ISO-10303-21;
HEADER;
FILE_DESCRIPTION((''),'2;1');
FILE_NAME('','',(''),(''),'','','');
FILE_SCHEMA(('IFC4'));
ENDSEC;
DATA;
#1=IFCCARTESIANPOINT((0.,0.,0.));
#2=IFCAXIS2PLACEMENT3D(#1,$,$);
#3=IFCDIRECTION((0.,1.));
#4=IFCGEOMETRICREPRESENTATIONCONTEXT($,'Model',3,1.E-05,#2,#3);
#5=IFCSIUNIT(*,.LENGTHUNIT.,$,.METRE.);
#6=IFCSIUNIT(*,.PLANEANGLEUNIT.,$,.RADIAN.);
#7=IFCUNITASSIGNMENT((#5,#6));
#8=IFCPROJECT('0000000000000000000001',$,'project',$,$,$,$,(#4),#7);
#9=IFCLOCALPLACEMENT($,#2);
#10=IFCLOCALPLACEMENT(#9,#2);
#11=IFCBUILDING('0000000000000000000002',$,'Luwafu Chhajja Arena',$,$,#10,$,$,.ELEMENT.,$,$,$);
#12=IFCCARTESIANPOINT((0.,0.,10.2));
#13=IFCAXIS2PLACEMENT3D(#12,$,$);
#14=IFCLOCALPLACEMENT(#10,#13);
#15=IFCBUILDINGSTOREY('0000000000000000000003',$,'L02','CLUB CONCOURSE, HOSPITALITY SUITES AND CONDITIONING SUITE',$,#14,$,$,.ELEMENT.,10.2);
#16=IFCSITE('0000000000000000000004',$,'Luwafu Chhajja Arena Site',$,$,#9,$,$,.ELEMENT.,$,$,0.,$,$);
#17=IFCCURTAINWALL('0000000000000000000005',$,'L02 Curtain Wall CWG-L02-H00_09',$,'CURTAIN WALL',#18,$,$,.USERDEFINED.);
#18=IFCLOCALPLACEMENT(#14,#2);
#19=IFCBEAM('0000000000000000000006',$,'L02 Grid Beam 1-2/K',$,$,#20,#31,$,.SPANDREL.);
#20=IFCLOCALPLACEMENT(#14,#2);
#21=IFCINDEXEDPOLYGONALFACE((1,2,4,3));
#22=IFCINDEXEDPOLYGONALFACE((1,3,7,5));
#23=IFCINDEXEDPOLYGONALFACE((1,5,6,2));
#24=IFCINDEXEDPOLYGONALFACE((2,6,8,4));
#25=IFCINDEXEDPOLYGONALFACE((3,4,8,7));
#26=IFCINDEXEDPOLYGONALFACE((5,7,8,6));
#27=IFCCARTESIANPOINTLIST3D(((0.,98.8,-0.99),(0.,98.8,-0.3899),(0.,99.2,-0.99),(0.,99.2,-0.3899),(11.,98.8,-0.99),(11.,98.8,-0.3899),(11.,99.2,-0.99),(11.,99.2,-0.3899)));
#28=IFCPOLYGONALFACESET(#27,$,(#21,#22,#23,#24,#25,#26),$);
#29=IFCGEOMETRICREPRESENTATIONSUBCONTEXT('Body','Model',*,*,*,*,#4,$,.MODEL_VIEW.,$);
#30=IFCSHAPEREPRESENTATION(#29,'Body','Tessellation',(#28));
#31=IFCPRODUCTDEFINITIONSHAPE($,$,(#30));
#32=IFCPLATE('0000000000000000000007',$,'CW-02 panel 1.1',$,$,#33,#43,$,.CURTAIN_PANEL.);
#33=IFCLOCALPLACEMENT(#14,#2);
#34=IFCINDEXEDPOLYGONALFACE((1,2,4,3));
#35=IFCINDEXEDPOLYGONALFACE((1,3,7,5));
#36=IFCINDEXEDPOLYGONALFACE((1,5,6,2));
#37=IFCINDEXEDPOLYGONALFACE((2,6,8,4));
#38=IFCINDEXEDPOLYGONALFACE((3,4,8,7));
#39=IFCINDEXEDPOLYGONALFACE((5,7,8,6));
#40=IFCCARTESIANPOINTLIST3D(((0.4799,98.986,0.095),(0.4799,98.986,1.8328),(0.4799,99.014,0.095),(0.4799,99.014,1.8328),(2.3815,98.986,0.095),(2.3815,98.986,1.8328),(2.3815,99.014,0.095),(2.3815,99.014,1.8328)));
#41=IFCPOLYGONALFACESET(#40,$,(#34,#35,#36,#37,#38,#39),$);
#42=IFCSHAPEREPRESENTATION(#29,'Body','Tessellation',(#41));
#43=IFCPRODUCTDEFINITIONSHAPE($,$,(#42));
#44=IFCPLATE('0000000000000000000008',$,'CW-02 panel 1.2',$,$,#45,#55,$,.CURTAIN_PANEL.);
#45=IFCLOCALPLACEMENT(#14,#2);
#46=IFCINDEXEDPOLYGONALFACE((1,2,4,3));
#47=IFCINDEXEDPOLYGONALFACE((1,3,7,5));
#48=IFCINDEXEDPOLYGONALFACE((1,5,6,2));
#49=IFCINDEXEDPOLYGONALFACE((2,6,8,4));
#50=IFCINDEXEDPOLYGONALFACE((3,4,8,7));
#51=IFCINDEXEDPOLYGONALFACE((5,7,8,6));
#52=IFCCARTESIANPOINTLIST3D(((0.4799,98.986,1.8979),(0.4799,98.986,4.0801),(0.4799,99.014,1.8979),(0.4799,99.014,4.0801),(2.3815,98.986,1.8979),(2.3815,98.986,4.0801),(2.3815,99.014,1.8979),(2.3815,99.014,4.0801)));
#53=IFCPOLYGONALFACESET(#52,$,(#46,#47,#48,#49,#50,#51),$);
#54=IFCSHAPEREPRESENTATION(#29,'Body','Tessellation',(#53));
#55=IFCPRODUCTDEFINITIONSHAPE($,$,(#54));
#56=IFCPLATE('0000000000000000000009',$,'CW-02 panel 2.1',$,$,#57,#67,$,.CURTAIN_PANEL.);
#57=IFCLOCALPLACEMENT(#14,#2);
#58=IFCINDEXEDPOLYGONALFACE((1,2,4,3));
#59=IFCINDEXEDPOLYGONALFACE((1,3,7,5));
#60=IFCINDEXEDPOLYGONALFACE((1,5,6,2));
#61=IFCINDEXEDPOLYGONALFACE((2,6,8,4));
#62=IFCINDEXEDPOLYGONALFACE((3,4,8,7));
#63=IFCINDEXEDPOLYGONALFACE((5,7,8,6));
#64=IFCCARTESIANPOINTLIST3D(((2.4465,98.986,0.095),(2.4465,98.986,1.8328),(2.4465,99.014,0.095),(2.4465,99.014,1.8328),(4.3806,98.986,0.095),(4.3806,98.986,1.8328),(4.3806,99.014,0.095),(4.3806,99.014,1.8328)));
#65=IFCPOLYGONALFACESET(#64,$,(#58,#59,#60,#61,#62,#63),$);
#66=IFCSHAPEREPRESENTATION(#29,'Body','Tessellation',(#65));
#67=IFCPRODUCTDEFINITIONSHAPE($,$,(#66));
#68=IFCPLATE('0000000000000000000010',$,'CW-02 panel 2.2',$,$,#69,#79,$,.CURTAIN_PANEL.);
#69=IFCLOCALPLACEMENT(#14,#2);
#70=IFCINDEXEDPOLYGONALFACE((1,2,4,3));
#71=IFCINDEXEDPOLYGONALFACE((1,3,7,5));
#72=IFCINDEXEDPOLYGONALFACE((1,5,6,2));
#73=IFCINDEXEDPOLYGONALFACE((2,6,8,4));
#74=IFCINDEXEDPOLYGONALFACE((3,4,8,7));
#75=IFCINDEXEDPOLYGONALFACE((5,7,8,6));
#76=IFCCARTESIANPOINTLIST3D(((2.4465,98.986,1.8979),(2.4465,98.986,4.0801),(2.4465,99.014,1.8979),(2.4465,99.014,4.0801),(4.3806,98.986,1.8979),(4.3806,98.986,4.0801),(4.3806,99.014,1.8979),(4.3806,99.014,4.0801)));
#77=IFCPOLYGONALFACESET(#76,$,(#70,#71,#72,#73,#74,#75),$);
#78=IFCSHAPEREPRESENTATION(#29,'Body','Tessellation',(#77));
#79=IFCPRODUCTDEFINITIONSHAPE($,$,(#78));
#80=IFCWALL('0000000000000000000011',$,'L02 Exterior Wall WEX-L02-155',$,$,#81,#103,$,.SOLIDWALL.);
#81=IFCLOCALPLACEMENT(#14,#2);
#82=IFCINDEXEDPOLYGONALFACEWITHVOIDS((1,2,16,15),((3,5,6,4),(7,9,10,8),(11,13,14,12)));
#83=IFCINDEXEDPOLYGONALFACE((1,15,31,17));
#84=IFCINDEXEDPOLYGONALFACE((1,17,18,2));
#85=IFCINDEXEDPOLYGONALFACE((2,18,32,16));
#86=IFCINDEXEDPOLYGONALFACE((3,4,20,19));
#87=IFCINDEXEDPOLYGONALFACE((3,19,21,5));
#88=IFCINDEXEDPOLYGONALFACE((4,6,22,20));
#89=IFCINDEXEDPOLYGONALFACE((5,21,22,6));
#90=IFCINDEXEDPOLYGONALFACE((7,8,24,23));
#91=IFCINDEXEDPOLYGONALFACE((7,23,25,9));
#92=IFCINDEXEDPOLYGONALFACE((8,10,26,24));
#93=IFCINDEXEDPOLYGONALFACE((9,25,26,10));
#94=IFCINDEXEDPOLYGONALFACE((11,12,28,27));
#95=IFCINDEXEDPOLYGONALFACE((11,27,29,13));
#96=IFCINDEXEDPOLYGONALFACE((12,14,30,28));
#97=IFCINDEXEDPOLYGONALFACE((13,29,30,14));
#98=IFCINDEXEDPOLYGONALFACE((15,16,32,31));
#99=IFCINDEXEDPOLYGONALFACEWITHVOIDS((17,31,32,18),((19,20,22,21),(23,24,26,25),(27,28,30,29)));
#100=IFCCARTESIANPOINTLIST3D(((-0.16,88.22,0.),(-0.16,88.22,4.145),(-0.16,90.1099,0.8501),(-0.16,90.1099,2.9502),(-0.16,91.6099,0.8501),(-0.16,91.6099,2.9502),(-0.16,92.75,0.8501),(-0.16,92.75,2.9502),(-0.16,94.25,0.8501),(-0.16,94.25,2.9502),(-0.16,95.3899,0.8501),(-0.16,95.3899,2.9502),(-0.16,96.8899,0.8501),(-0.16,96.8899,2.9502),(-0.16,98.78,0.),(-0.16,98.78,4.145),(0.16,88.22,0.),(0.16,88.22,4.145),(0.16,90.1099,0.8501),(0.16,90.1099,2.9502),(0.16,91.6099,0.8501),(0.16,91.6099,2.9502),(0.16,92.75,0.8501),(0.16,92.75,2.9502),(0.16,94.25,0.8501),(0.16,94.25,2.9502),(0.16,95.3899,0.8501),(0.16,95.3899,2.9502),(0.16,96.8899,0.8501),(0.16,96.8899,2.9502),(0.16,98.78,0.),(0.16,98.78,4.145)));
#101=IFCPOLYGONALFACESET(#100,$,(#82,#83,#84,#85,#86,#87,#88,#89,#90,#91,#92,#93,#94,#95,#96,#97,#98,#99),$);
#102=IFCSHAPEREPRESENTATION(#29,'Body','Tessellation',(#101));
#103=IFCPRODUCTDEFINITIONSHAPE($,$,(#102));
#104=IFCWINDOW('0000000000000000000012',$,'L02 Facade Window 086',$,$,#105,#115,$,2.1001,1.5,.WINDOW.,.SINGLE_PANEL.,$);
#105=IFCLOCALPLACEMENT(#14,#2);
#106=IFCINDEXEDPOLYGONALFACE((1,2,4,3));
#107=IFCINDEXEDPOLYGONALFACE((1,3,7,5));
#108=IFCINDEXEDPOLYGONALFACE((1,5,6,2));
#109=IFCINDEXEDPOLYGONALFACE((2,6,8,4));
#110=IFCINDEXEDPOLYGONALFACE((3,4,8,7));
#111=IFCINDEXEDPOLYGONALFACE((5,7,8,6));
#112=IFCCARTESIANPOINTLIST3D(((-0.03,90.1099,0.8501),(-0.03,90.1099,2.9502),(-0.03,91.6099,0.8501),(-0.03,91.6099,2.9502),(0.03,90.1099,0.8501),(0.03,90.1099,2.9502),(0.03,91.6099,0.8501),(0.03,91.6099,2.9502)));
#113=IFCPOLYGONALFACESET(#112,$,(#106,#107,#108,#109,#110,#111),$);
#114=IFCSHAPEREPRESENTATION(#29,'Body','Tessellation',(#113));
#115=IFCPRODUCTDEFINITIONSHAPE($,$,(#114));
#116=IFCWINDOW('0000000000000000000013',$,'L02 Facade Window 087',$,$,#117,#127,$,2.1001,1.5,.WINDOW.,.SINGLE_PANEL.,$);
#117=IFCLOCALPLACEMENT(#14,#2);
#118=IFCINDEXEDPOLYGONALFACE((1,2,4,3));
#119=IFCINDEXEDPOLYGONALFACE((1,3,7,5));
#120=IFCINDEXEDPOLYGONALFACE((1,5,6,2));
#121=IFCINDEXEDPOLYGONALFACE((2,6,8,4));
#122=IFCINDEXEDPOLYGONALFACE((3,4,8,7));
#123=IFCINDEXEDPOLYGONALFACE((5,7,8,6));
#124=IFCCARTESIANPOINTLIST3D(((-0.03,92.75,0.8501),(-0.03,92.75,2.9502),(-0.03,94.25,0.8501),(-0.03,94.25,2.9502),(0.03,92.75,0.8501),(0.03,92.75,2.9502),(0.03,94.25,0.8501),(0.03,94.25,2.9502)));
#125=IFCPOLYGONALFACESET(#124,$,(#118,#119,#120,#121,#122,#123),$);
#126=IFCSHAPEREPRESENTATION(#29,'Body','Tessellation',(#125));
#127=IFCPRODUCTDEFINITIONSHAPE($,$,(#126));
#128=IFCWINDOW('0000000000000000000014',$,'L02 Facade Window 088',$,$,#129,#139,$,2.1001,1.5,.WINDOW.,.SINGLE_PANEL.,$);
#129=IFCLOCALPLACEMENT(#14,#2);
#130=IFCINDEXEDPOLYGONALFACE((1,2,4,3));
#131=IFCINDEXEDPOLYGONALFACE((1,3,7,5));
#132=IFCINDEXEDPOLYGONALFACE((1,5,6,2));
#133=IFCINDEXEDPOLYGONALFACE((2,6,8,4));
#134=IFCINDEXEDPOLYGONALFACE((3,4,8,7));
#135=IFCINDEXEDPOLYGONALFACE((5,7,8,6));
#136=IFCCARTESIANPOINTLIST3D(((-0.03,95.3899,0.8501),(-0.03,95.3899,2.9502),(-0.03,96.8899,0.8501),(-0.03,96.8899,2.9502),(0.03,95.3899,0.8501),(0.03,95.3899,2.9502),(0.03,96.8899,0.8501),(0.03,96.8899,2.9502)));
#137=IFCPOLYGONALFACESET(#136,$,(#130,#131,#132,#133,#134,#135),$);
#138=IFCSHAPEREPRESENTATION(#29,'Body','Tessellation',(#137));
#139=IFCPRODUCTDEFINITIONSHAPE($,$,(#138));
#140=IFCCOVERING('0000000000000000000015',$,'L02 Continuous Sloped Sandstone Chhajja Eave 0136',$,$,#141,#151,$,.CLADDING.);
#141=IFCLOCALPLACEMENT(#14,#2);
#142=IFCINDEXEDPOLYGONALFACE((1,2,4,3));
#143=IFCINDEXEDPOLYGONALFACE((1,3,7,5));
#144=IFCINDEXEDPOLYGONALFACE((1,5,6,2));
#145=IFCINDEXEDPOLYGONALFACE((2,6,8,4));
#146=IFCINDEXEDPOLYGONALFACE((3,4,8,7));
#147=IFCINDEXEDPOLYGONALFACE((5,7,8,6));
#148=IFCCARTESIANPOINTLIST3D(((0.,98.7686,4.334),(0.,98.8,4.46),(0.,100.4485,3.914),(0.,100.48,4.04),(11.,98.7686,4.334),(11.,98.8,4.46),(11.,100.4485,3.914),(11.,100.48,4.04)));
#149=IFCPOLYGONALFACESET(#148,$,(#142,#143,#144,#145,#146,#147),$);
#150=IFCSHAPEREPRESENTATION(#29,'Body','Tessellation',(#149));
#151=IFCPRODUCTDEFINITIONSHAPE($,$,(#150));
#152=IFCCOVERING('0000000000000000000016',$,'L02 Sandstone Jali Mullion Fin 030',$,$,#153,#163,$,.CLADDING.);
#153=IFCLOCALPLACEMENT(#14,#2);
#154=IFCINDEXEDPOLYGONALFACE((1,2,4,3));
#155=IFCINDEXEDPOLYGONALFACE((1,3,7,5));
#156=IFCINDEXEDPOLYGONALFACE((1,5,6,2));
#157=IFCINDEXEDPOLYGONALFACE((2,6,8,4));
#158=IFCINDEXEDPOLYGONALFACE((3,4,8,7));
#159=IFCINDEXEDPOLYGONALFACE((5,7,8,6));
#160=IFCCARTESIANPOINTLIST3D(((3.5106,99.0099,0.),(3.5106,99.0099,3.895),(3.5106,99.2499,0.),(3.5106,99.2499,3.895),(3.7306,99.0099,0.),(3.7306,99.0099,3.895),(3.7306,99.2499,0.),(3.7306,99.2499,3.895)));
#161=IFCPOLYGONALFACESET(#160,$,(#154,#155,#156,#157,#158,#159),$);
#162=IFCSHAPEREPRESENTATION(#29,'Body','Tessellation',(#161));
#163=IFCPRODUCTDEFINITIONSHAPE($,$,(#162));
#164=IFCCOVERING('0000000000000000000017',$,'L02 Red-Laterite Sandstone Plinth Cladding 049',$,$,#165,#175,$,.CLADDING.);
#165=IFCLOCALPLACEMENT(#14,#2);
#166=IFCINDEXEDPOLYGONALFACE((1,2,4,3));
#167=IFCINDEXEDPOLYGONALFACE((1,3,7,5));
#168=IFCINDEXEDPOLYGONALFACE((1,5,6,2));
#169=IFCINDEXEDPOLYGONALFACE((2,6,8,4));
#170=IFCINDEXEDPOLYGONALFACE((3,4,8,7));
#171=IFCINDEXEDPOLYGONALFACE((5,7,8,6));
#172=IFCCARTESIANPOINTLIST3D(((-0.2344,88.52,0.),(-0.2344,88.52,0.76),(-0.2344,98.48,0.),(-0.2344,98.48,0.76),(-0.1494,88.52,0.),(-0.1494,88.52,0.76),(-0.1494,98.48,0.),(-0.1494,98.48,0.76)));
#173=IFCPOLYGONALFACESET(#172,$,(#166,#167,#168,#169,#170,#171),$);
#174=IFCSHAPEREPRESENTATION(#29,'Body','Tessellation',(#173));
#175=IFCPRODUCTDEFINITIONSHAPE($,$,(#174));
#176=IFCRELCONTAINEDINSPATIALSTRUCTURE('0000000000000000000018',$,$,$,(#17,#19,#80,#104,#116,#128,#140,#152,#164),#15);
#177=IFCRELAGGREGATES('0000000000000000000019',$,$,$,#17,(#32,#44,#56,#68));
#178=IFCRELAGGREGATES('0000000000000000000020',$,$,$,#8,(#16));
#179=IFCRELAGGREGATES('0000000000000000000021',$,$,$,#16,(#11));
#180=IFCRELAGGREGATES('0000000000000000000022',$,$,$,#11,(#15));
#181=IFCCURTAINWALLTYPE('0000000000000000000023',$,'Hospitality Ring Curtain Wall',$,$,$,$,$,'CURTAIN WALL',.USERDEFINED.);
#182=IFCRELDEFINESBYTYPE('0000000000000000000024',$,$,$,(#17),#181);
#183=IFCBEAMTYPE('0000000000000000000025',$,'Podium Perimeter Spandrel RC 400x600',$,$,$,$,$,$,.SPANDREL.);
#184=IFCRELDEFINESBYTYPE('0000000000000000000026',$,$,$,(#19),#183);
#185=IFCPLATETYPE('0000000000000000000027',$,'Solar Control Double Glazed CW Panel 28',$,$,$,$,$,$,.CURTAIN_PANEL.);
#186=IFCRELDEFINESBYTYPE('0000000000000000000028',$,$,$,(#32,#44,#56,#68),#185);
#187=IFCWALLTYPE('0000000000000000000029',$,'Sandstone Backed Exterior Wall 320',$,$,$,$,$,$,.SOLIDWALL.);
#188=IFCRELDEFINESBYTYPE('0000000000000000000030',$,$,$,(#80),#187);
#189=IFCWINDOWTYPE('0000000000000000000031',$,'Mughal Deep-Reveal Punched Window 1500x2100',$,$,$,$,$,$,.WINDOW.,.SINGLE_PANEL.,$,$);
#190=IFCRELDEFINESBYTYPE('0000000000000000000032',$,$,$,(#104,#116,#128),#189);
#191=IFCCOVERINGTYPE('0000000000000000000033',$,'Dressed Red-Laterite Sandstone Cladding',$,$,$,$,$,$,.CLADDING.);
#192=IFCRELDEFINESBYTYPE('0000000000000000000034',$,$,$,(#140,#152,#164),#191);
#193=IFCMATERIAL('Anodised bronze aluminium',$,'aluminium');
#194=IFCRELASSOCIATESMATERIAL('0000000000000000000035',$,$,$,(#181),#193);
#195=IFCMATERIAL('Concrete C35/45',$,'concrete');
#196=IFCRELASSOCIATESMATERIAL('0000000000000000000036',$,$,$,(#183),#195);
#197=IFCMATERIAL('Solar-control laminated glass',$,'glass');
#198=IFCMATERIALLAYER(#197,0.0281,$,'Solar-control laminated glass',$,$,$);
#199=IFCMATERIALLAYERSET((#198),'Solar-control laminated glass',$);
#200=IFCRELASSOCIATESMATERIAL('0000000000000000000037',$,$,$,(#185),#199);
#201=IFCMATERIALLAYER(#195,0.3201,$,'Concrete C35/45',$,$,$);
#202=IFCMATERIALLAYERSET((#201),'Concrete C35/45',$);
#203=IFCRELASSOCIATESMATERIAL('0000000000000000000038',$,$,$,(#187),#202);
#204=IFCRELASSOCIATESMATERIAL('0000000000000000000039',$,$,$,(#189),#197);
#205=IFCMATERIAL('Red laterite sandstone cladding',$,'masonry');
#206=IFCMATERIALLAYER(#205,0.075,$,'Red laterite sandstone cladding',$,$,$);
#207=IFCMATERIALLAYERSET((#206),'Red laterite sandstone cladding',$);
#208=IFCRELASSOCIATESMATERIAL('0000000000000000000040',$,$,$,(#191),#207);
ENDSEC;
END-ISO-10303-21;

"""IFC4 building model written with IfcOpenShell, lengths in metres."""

from ifc_helpers import new_model, si_unit, direction, frame, frame_2d, origin, origin_2d, place, context, subcontext, project, spatial, polyline, rectangle, outline, extrude, material, layer, layer_set, material_profile, profile_set, type_object, element, fill, aggregate, save


model = new_model("IFC4")

# Units and contexts
model_context = context("Model", 3, precision=1e-05, world=origin(), true_north=direction((0.0, 1.0)))
body_context = subcontext(model_context, "Body", "Model", "MODEL_VIEW")
ifc_project = project(units=[si_unit("LENGTHUNIT", "METRE"), si_unit("PLANEANGLEUNIT", "RADIAN")], contexts=[model_context])

# Site, building, storey
site_placement = place(None, origin())
site = spatial("IfcSite", under=ifc_project, at=site_placement, Name="Luwafu Chhajja Arena Site", CompositionType="ELEMENT", RefElevation=0.0)
building_placement = place(site_placement, origin())
building = spatial("IfcBuilding", under=site, at=building_placement, Name="Luwafu Chhajja Arena", CompositionType="ELEMENT")
storey_placement = place(building_placement, frame((0.0, 0.0, 10.2)))
storey = spatial("IfcBuildingStorey", under=building, at=storey_placement, Name="L02", Description="CLUB CONCOURSE, HOSPITALITY SUITES AND CONDITIONING SUITE", CompositionType="ELEMENT", Elevation=10.2)

# Shared definitions
ifc_material_1 = material(Name="Concrete C35/45", Category="concrete")

# Curtain wall
ifc_material_2 = material(Name="Anodised bronze aluminium", Category="aluminium")
curtain_wall_type = type_object("IfcCurtainWallType", Name="Hospitality Ring Curtain Wall", ElementType="CURTAIN WALL", PredefinedType="USERDEFINED", material=ifc_material_2)
curtain_wall_placement = place(storey_placement, origin())
curtain_wall = element("IfcCurtainWall", 1, at=curtain_wall_placement, inside=storey, type_object=curtain_wall_type, Name="L02 Curtain Wall CWG-L02-H00_09", ObjectType="CURTAIN WALL", PredefinedType="USERDEFINED")

# Beam
ifc_material_profile_1 = material_profile(ifc_material_1, rectangle(XDim=0.3999, YDim=0.6001, at=origin_2d()), Name="RC 400x600")
ifc_profile_set_1 = profile_set([ifc_material_profile_1], Name="Concrete C35/45")
beam_type = type_object("IfcBeamType", Name="Podium Perimeter Spandrel RC 400x600", PredefinedType="SPANDREL", material=ifc_profile_set_1)
beam_placement = place(storey_placement, frame((0.0, 99.0, -0.6899), z_axis=(1.0, 0.0, 0.0), x_axis=(0.0, 1.0, 0.0)))
element("IfcBeam", 2, at=beam_placement, inside=storey, type_object=beam_type, Name="L02 Grid Beam 1-2/K", PredefinedType="SPANDREL", context=body_context, shape_type="SweptSolid", body=[
    extrude(rectangle(XDim=0.3999, YDim=0.6001, at=origin_2d()), origin(), (0.0, 0.0, 1.0), 11.0),
])

# Plates
ifc_material_3 = material(Name="Solar-control laminated glass", Category="glass")
ifc_layer_1 = layer(ifc_material_3, 0.0281, Name="Solar-control laminated glass")
ifc_layer_set_1 = layer_set([ifc_layer_1], Name="Solar-control laminated glass")
plate_type = type_object("IfcPlateType", Name="Solar Control Double Glazed CW Panel 28", PredefinedType="CURTAIN_PANEL", material=ifc_layer_set_1)
plate_1_placement = place(storey_placement, frame((1.4307, 99.0, 0.095), z_axis=(0.0, 0.0, 1.0), x_axis=(1.0, 0.0, 0.0)))
plate_1 = element("IfcPlate", 3, at=plate_1_placement, type_object=plate_type, Name="CW-02 panel 1.1", PredefinedType="CURTAIN_PANEL", context=body_context, shape_type="SweptSolid", body=[
    extrude(rectangle(XDim=1.9016, YDim=0.0281, at=origin_2d()), origin(), (0.0, 0.0, 1.0), 1.7378),
])
plate_2_placement = place(storey_placement, frame((1.4307, 99.0, 1.8979), z_axis=(0.0, 0.0, 1.0), x_axis=(1.0, 0.0, 0.0)))
plate_2 = element("IfcPlate", 4, at=plate_2_placement, type_object=plate_type, Name="CW-02 panel 1.2", PredefinedType="CURTAIN_PANEL", context=body_context, shape_type="SweptSolid", body=[
    extrude(rectangle(XDim=1.9016, YDim=0.0281, at=origin_2d()), origin(), (0.0, 0.0, 1.0), 2.1821),
])
plate_3_placement = place(storey_placement, frame((3.4136, 99.0, 0.095), z_axis=(0.0, 0.0, 1.0), x_axis=(1.0, 0.0, 0.0)))
plate_3 = element("IfcPlate", 5, at=plate_3_placement, type_object=plate_type, Name="CW-02 panel 2.1", PredefinedType="CURTAIN_PANEL", context=body_context, shape_type="SweptSolid", body=[
    extrude(rectangle(XDim=1.9341, YDim=0.0281, at=origin_2d()), origin(), (0.0, 0.0, 1.0), 1.7378),
])
plate_4_placement = place(storey_placement, frame((3.4136, 99.0, 1.8979), z_axis=(0.0, 0.0, 1.0), x_axis=(1.0, 0.0, 0.0)))
plate_4 = element("IfcPlate", 6, at=plate_4_placement, type_object=plate_type, Name="CW-02 panel 2.2", PredefinedType="CURTAIN_PANEL", context=body_context, shape_type="SweptSolid", body=[
    extrude(rectangle(XDim=1.9341, YDim=0.0281, at=origin_2d()), origin(), (0.0, 0.0, 1.0), 2.1821),
])
aggregate(curtain_wall, [plate_1, plate_2, plate_3, plate_4])

# Wall, openings, windows
ifc_layer_2 = layer(ifc_material_1, 0.3201, Name="Concrete C35/45")
ifc_layer_set_2 = layer_set([ifc_layer_2], Name="Concrete C35/45")
wall_type = type_object("IfcWallType", Name="Sandstone Backed Exterior Wall 320", PredefinedType="SOLIDWALL", material=ifc_layer_set_2)
wall_placement = place(storey_placement, frame((0.0, 88.22, 0.0), z_axis=(0.0, 0.0, 1.0), x_axis=(0.0, 1.0, 0.0)))
wall = element("IfcWall", 7, at=wall_placement, inside=storey, type_object=wall_type, Name="L02 Exterior Wall WEX-L02-155", PredefinedType="SOLIDWALL", context=body_context, shape_type="SweptSolid", body=[
    extrude(rectangle(XDim=10.5601, YDim=0.3201, at=frame_2d((5.28, 0.0))), origin(), (0.0, 0.0, 1.0), 4.145),
])
opening_1_placement = place(wall_placement, frame((1.8899, 0.0, 0.8501)))
opening_1 = element("IfcOpeningElement", 8, at=opening_1_placement, cuts=wall, PredefinedType="OPENING", context=body_context, shape_type="SweptSolid", body=[
    extrude(rectangle(XDim=1.5, YDim=2.1001, at=frame_2d((0.75, 1.05))), frame((0.0, 0.1699, 0.0), z_axis=(0.0, -1.0, 0.0), x_axis=(1.0, 0.0, 0.0)), (0.0, 0.0, 1.0), 0.3401),
])
opening_2_placement = place(wall_placement, frame((4.53, 0.0, 0.8501)))
opening_2 = element("IfcOpeningElement", 9, at=opening_2_placement, cuts=wall, PredefinedType="OPENING", context=body_context, shape_type="SweptSolid", body=[
    extrude(rectangle(XDim=1.5, YDim=2.1001, at=frame_2d((0.75, 1.05))), frame((0.0, 0.1699, 0.0), z_axis=(0.0, -1.0, 0.0), x_axis=(1.0, 0.0, 0.0)), (0.0, 0.0, 1.0), 0.3401),
])
opening_3_placement = place(wall_placement, frame((7.1699, 0.0, 0.8501)))
opening_3 = element("IfcOpeningElement", 10, at=opening_3_placement, cuts=wall, PredefinedType="OPENING", context=body_context, shape_type="SweptSolid", body=[
    extrude(rectangle(XDim=1.5, YDim=2.1001, at=frame_2d((0.75, 1.05))), frame((0.0, 0.1699, 0.0), z_axis=(0.0, -1.0, 0.0), x_axis=(1.0, 0.0, 0.0)), (0.0, 0.0, 1.0), 0.3401),
])
window_type = type_object("IfcWindowType", Name="Mughal Deep-Reveal Punched Window 1500x2100", PartitioningType="SINGLE_PANEL", PredefinedType="WINDOW", material=ifc_material_3)
window_1_placement = place(opening_1_placement, origin())
window_1 = element("IfcWindow", 11, at=window_1_placement, inside=storey, type_object=window_type, Name="L02 Facade Window 086", OverallHeight=2.1001, OverallWidth=1.5, PartitioningType="SINGLE_PANEL", PredefinedType="WINDOW", context=body_context, shape_type="SweptSolid", body=[
    extrude(rectangle(XDim=1.5, YDim=2.1001, at=frame_2d((0.75, 1.05))), frame((0.0, 0.03, 0.0), z_axis=(0.0, -1.0, 0.0), x_axis=(1.0, 0.0, 0.0)), (0.0, 0.0, 1.0), 0.0601),
])
fill(opening_1, window_1)
window_2_placement = place(opening_2_placement, origin())
window_2 = element("IfcWindow", 12, at=window_2_placement, inside=storey, type_object=window_type, Name="L02 Facade Window 087", OverallHeight=2.1001, OverallWidth=1.5, PartitioningType="SINGLE_PANEL", PredefinedType="WINDOW", context=body_context, shape_type="SweptSolid", body=[
    extrude(rectangle(XDim=1.5, YDim=2.1001, at=frame_2d((0.75, 1.05))), frame((0.0, 0.03, 0.0), z_axis=(0.0, -1.0, 0.0), x_axis=(1.0, 0.0, 0.0)), (0.0, 0.0, 1.0), 0.0601),
])
fill(opening_2, window_2)
window_3_placement = place(opening_3_placement, origin())
window_3 = element("IfcWindow", 13, at=window_3_placement, inside=storey, type_object=window_type, Name="L02 Facade Window 088", OverallHeight=2.1001, OverallWidth=1.5, PartitioningType="SINGLE_PANEL", PredefinedType="WINDOW", context=body_context, shape_type="SweptSolid", body=[
    extrude(rectangle(XDim=1.5, YDim=2.1001, at=frame_2d((0.75, 1.05))), frame((0.0, 0.03, 0.0), z_axis=(0.0, -1.0, 0.0), x_axis=(1.0, 0.0, 0.0)), (0.0, 0.0, 1.0), 0.0601),
])
fill(opening_3, window_3)

# Coverings
ifc_material_4 = material(Name="Red laterite sandstone cladding", Category="masonry")
ifc_layer_3 = layer(ifc_material_4, 0.075, Name="Red laterite sandstone cladding")
ifc_layer_set_3 = layer_set([ifc_layer_3], Name="Red laterite sandstone cladding")
covering_type = type_object("IfcCoveringType", Name="Dressed Red-Laterite Sandstone Cladding", PredefinedType="CLADDING", material=ifc_layer_set_3)
covering_1_placement = place(storey_placement, frame((0.0, 98.8, 4.46), z_axis=(0.0, 0.242502, 0.970151), x_axis=(1.0, 0.0, 0.0)))
element("IfcCovering", 14, at=covering_1_placement, inside=storey, type_object=covering_type, Name="L02 Continuous Sloped Sandstone Chhajja Eave 0136", PredefinedType="CLADDING", context=body_context, shape_type="SweptSolid", body=[
    extrude(outline(polyline([(0.0, 0.0), (11.0, 0.0), (11.0, 1.7316), (0.0, 1.7316), (0.0, 0.0)])), origin(), (0.0, 0.0, -1.0), 0.1299),
])
covering_2_placement = place(storey_placement, frame((3.6206, 99.1299, 0.0), z_axis=(0.0, 0.0, 1.0), x_axis=(1.0, 0.0, 0.0)))
element("IfcCovering", 15, at=covering_2_placement, inside=storey, type_object=covering_type, Name="L02 Sandstone Jali Mullion Fin 030", PredefinedType="CLADDING", context=body_context, shape_type="SweptSolid", body=[
    extrude(rectangle(XDim=0.22, YDim=0.24, at=origin_2d()), origin(), (0.0, 0.0, 1.0), 3.895),
])
covering_3_placement = place(storey_placement, frame((-0.1919, 93.5, 0.0), z_axis=(0.0, 0.0, 1.0), x_axis=(0.0, 1.0, 0.0)))
element("IfcCovering", 16, at=covering_3_placement, inside=storey, type_object=covering_type, Name="L02 Red-Laterite Sandstone Plinth Cladding 049", PredefinedType="CLADDING", context=body_context, shape_type="SweptSolid", body=[
    extrude(rectangle(XDim=9.96, YDim=0.085, at=origin_2d()), origin(), (0.0, 0.0, 1.0), 0.76),
])

save(model, "model.ifc")
